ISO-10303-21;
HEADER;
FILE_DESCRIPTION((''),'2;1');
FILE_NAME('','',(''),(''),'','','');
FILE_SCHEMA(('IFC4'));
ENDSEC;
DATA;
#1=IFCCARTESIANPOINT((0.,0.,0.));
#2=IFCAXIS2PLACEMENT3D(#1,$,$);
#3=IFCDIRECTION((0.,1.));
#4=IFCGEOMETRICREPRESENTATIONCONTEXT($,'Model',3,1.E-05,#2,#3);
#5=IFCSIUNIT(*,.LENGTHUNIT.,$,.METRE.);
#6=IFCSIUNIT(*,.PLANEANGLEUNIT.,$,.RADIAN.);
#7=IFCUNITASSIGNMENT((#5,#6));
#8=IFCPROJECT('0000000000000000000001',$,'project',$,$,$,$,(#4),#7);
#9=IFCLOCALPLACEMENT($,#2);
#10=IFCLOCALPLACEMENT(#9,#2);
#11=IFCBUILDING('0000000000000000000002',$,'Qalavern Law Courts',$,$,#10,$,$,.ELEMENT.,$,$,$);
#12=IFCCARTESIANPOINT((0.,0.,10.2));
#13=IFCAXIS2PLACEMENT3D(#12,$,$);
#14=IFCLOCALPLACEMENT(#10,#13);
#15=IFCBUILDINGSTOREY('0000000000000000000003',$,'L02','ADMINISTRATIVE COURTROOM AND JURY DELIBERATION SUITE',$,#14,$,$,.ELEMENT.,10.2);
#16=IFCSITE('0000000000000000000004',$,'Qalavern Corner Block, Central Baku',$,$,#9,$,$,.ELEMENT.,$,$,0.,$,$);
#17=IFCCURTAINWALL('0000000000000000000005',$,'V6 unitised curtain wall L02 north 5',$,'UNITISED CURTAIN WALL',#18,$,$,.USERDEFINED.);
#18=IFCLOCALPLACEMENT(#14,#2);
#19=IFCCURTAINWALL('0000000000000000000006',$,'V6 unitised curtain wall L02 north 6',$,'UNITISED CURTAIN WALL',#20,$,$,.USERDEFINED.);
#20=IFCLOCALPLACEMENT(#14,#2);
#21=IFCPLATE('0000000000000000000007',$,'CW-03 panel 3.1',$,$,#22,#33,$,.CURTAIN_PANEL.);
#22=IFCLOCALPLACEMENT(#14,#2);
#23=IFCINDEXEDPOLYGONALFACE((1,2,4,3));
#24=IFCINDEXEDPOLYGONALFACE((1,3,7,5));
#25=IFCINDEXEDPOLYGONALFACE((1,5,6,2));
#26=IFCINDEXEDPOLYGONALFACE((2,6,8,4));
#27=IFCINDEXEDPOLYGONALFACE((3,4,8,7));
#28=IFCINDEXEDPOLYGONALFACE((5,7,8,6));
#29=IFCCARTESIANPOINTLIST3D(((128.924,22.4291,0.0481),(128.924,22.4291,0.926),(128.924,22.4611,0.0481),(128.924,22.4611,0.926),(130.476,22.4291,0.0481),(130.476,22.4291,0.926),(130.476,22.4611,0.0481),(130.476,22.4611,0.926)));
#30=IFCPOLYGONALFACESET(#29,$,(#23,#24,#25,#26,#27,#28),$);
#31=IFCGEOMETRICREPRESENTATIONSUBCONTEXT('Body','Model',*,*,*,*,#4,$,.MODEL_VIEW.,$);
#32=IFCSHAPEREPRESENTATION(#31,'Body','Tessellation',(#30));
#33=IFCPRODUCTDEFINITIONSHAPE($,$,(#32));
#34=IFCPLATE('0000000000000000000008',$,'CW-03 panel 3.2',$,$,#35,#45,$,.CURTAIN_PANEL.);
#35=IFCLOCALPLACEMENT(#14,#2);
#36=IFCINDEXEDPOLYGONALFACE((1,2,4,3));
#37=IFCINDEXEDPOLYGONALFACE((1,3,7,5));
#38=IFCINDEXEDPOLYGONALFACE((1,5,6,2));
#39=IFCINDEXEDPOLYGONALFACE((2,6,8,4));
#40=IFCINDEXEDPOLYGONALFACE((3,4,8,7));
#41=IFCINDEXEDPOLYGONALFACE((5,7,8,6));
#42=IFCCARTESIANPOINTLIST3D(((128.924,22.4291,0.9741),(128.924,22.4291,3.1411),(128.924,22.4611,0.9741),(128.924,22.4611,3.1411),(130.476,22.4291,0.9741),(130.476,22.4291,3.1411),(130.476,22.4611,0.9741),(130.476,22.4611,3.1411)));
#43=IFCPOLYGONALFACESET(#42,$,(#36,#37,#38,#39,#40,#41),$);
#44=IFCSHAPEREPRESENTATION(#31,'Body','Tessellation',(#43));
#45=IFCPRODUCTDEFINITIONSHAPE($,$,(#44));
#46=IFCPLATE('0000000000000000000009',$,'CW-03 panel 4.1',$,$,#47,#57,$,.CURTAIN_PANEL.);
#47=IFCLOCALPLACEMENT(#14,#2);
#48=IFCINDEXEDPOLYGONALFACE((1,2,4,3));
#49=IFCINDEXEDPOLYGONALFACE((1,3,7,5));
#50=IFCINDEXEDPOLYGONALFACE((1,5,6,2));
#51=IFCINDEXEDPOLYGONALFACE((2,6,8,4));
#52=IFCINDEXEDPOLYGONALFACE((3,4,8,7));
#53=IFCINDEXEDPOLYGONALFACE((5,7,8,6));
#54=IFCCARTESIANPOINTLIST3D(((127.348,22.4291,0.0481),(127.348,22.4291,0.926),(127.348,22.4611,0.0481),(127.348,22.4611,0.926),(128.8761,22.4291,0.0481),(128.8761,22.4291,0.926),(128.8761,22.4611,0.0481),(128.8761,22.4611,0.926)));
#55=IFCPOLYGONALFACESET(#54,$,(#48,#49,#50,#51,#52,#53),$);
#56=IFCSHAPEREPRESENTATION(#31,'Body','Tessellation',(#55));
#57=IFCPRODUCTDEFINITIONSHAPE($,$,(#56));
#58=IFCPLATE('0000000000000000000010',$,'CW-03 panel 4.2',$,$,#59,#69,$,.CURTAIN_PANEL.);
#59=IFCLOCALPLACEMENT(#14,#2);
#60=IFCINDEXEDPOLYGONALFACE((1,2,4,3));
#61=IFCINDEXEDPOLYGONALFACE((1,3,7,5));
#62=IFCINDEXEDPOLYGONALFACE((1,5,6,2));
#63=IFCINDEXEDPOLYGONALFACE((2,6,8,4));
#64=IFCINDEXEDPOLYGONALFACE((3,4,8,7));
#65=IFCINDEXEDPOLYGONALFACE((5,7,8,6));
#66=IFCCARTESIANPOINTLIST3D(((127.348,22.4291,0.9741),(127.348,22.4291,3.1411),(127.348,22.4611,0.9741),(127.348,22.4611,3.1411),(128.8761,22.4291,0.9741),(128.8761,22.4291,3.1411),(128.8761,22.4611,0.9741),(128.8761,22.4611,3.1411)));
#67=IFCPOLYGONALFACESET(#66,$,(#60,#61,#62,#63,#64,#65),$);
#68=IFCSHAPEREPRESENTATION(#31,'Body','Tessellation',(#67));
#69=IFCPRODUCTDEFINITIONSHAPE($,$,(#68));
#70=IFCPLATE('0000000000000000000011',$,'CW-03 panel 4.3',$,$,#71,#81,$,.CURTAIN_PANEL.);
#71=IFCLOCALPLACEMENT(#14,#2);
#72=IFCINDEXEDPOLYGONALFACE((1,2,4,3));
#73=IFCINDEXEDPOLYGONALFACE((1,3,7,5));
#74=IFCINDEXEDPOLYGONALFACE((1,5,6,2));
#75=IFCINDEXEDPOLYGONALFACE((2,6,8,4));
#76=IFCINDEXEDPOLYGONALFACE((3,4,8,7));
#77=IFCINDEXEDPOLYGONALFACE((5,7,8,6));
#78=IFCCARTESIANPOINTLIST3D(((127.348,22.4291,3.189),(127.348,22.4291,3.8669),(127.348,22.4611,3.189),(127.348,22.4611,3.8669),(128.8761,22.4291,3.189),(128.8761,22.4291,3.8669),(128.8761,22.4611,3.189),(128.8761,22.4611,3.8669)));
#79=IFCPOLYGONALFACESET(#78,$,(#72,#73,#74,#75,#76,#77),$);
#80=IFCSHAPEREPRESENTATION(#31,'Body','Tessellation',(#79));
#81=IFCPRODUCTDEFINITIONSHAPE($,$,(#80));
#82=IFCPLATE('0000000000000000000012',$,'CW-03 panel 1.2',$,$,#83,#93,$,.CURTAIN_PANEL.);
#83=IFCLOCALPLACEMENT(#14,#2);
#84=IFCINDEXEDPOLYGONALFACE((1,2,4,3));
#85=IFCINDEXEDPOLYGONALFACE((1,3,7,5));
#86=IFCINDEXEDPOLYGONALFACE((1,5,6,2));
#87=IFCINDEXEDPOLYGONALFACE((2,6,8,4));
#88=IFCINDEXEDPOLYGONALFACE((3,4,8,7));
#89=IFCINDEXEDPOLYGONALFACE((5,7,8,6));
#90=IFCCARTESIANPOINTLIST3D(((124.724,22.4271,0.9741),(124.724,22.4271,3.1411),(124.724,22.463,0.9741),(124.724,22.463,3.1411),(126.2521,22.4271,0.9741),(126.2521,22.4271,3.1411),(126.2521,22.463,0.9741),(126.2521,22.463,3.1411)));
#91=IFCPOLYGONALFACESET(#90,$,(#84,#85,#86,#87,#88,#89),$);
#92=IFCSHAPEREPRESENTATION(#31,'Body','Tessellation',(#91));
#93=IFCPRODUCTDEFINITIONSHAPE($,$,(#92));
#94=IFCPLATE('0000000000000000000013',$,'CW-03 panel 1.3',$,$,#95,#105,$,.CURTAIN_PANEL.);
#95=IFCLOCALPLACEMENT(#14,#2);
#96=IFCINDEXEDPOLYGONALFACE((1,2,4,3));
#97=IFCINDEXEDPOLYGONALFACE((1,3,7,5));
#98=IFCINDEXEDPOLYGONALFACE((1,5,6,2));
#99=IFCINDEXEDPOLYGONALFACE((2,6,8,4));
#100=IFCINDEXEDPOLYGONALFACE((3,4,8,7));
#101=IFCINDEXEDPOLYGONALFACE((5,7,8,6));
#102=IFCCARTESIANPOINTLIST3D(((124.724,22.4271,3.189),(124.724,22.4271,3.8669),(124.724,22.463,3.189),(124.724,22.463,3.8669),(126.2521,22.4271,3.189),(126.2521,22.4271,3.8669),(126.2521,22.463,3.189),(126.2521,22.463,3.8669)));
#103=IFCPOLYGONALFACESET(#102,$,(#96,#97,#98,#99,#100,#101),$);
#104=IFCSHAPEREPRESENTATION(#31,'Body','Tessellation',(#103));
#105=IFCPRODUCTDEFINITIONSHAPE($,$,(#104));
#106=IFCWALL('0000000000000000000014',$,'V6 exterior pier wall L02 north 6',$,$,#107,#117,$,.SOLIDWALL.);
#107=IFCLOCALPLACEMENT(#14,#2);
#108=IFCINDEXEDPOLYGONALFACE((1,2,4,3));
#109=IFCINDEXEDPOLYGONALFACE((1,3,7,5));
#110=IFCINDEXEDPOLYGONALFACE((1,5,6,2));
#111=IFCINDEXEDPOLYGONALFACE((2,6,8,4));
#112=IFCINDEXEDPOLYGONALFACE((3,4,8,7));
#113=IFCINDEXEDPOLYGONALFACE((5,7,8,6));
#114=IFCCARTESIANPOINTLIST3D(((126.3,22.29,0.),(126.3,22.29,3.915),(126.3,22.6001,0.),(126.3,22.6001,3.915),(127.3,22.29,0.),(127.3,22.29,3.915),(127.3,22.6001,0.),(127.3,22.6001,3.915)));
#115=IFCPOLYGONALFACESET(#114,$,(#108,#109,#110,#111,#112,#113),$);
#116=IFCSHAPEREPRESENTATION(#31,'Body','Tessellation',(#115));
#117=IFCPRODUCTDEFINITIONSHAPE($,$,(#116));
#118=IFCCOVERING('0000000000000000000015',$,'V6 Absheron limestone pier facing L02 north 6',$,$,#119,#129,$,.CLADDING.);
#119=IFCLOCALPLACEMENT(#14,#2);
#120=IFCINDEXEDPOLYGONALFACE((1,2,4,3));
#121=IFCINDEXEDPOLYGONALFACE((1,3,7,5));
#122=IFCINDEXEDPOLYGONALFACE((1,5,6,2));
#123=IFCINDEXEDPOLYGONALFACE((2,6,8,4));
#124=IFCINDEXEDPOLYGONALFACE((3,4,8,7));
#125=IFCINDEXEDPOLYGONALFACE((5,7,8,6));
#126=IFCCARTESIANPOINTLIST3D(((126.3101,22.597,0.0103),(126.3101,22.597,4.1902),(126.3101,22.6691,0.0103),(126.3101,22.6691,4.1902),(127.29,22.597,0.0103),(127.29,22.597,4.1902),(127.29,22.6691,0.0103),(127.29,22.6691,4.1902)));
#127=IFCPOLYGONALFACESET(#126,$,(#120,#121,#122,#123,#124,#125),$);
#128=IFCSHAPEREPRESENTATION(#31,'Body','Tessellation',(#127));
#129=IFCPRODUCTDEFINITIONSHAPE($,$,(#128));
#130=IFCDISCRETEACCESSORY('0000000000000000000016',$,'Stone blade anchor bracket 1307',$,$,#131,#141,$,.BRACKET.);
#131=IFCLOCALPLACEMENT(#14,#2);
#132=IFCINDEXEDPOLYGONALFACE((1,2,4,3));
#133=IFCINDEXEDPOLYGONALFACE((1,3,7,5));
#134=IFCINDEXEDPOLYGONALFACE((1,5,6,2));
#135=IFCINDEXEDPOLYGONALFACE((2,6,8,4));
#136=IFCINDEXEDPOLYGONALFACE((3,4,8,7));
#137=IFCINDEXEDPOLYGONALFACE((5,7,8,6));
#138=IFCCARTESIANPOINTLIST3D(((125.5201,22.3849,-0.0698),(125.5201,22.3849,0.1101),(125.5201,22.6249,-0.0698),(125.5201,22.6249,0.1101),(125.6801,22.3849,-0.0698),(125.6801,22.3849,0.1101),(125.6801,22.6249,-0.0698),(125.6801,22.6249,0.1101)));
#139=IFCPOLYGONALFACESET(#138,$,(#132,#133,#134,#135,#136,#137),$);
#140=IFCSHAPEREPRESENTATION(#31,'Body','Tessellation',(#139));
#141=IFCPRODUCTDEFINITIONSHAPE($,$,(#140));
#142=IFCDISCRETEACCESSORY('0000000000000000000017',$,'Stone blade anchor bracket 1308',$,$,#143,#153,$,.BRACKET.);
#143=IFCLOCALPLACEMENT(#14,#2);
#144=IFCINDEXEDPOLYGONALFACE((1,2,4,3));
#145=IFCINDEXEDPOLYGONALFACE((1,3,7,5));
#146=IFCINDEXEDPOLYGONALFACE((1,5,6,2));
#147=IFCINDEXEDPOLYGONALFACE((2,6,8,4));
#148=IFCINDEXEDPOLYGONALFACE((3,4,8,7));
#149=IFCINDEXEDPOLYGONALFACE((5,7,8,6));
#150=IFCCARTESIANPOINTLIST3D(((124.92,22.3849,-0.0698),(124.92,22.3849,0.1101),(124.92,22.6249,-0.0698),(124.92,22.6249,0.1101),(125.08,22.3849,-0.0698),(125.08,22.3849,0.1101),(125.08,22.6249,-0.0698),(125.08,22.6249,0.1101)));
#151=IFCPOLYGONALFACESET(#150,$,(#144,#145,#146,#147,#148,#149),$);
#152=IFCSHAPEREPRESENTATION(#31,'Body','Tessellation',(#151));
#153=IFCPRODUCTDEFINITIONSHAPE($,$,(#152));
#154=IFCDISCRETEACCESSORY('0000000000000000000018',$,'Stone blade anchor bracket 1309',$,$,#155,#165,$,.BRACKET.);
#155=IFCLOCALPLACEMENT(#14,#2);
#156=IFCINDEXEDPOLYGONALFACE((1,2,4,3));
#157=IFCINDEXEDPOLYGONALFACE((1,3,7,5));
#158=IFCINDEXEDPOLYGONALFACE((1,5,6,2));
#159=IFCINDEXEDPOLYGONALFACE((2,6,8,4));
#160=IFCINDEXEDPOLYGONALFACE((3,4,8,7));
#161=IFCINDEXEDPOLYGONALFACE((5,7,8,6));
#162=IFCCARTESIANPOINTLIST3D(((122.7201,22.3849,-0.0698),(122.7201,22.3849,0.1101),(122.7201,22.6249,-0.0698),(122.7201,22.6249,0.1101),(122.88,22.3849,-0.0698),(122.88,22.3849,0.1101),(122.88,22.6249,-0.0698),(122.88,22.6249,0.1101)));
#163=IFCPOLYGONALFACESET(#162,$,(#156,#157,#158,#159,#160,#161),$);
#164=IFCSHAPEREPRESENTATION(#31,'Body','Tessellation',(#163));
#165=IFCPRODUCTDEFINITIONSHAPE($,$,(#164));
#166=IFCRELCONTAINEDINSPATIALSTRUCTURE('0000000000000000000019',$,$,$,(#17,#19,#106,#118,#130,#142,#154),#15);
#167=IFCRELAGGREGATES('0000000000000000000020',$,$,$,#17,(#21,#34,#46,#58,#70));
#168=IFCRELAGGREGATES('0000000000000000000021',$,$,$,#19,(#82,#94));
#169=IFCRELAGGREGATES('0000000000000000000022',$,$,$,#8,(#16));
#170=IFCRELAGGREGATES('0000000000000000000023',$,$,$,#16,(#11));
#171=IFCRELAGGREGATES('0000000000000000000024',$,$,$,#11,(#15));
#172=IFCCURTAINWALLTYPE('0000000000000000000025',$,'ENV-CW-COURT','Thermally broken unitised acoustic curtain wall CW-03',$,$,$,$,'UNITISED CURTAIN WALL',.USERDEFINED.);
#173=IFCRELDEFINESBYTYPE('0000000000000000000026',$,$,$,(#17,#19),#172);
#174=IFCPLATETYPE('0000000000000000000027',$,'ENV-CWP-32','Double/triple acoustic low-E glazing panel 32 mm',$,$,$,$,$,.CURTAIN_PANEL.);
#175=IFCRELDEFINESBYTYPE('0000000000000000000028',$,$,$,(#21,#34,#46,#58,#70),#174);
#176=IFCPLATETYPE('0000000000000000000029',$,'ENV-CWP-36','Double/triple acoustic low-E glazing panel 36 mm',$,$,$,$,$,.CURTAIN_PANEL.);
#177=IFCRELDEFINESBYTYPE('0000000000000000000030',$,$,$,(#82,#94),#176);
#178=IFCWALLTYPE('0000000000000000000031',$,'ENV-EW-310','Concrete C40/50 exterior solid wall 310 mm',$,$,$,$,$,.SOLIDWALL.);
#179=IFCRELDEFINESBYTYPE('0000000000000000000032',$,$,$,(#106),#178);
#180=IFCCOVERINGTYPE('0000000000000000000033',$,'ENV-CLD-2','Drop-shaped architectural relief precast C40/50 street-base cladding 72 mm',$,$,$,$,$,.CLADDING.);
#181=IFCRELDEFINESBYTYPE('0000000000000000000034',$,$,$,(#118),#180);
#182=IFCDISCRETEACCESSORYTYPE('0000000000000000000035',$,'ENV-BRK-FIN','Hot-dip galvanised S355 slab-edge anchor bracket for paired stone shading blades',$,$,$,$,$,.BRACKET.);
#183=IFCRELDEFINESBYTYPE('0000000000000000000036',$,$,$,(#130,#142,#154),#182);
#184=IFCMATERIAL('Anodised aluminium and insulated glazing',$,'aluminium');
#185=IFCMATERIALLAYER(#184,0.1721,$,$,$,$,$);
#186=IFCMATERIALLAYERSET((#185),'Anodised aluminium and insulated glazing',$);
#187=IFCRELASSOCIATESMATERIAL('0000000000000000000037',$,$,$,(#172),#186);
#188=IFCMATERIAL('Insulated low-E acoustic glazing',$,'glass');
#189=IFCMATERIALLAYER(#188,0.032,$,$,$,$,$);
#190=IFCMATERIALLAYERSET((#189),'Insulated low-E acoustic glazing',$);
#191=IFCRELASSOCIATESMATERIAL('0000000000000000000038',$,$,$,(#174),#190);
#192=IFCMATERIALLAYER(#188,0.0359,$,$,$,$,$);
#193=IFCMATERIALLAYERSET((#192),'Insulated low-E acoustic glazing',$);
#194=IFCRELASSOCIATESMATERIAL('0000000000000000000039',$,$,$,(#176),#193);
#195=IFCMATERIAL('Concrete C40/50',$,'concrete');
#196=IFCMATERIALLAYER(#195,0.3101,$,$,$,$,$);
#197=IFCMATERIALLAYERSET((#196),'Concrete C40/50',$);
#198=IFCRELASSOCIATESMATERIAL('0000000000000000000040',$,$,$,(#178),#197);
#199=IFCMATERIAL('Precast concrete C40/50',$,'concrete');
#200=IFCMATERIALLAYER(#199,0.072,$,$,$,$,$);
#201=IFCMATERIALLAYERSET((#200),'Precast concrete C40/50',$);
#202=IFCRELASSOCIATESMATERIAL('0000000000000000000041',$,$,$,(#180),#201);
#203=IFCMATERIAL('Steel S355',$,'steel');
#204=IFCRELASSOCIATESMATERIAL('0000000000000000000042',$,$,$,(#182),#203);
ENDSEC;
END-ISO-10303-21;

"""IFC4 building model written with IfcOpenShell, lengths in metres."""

from ifc_helpers import new_model, si_unit, direction, frame, frame_2d, origin, origin_2d, place, context, subcontext, project, spatial, rectangle, extrude, material, layer, layer_set, type_object, element, aggregate, save


model = new_model("IFC4")

# Units and contexts
model_context = context("Model", 3, precision=1e-05, world=origin(), true_north=direction((0.0, 1.0)))
body_context = subcontext(model_context, "Body", "Model", "MODEL_VIEW")
ifc_project = project(units=[si_unit("LENGTHUNIT", "METRE"), si_unit("PLANEANGLEUNIT", "RADIAN")], contexts=[model_context])

# Site, building, storey
site_placement = place(None, origin())
site = spatial("IfcSite", under=ifc_project, at=site_placement, Name="Qalavern Corner Block, Central Baku", CompositionType="ELEMENT", RefElevation=0.0)
building_placement = place(site_placement, origin())
building = spatial("IfcBuilding", under=site, at=building_placement, Name="Qalavern Law Courts", CompositionType="ELEMENT")
storey_placement = place(building_placement, frame((0.0, 0.0, 10.2)))
storey = spatial("IfcBuildingStorey", under=building, at=storey_placement, Name="L02", Description="ADMINISTRATIVE COURTROOM AND JURY DELIBERATION SUITE", CompositionType="ELEMENT", Elevation=10.2)

# Curtain wall
ifc_material_1 = material(Name="Anodised aluminium and insulated glazing", Category="aluminium")
ifc_layer_1 = layer(ifc_material_1, 0.1721)
ifc_layer_set_1 = layer_set([ifc_layer_1], Name="Anodised aluminium and insulated glazing")
curtain_wall_type = type_object("IfcCurtainWallType", Name="ENV-CW-COURT", Description="Thermally broken unitised acoustic curtain wall CW-03", ElementType="UNITISED CURTAIN WALL", PredefinedType="USERDEFINED", material=ifc_layer_set_1)
curtain_wall_1_placement = place(storey_placement, origin())
curtain_wall_1 = element("IfcCurtainWall", 1, at=curtain_wall_1_placement, inside=storey, type_object=curtain_wall_type, Name="V6 unitised curtain wall L02 north 5", ObjectType="UNITISED CURTAIN WALL", PredefinedType="USERDEFINED")

# Curtain wall
curtain_wall_2_placement = place(storey_placement, origin())
curtain_wall_2 = element("IfcCurtainWall", 2, at=curtain_wall_2_placement, inside=storey, type_object=curtain_wall_type, Name="V6 unitised curtain wall L02 north 6", ObjectType="UNITISED CURTAIN WALL", PredefinedType="USERDEFINED")

# Plates
ifc_material_2 = material(Name="Insulated low-E acoustic glazing", Category="glass")
ifc_layer_2 = layer(ifc_material_2, 0.032)
ifc_layer_set_2 = layer_set([ifc_layer_2], Name="Insulated low-E acoustic glazing")
plate_type_1 = type_object("IfcPlateType", Name="ENV-CWP-32", Description="Double/triple acoustic low-E glazing panel 32 mm", PredefinedType="CURTAIN_PANEL", material=ifc_layer_set_2)
plate_1_placement = place(storey_placement, frame((129.7, 22.4451, 0.0481), z_axis=(0.0, 0.0, 1.0), x_axis=(-1.0, 0.0, 0.0)))
plate_1 = element("IfcPlate", 3, at=plate_1_placement, type_object=plate_type_1, Name="CW-03 panel 3.1", PredefinedType="CURTAIN_PANEL", context=body_context, shape_type="SweptSolid", body=[
    extrude(rectangle(XDim=1.552, YDim=0.032, at=origin_2d()), origin(), (0.0, 0.0, 1.0), 0.8779),
])
plate_2_placement = place(storey_placement, frame((129.7, 22.4451, 0.9741), z_axis=(0.0, 0.0, 1.0), x_axis=(-1.0, 0.0, 0.0)))
plate_2 = element("IfcPlate", 4, at=plate_2_placement, type_object=plate_type_1, Name="CW-03 panel 3.2", PredefinedType="CURTAIN_PANEL", context=body_context, shape_type="SweptSolid", body=[
    extrude(rectangle(XDim=1.552, YDim=0.032, at=origin_2d()), origin(), (0.0, 0.0, 1.0), 2.167),
])
plate_3_placement = place(storey_placement, frame((128.1121, 22.4451, 0.0481), z_axis=(0.0, 0.0, 1.0), x_axis=(-1.0, 0.0, 0.0)))
plate_3 = element("IfcPlate", 5, at=plate_3_placement, type_object=plate_type_1, Name="CW-03 panel 4.1", PredefinedType="CURTAIN_PANEL", context=body_context, shape_type="SweptSolid", body=[
    extrude(rectangle(XDim=1.5281, YDim=0.032, at=origin_2d()), origin(), (0.0, 0.0, 1.0), 0.8779),
])
plate_4_placement = place(storey_placement, frame((128.1121, 22.4451, 0.9741), z_axis=(0.0, 0.0, 1.0), x_axis=(-1.0, 0.0, 0.0)))
plate_4 = element("IfcPlate", 6, at=plate_4_placement, type_object=plate_type_1, Name="CW-03 panel 4.2", PredefinedType="CURTAIN_PANEL", context=body_context, shape_type="SweptSolid", body=[
    extrude(rectangle(XDim=1.5281, YDim=0.032, at=origin_2d()), origin(), (0.0, 0.0, 1.0), 2.167),
])
plate_5_placement = place(storey_placement, frame((128.1121, 22.4451, 3.189), z_axis=(0.0, 0.0, 1.0), x_axis=(-1.0, 0.0, 0.0)))
plate_5 = element("IfcPlate", 7, at=plate_5_placement, type_object=plate_type_1, Name="CW-03 panel 4.3", PredefinedType="CURTAIN_PANEL", context=body_context, shape_type="SweptSolid", body=[
    extrude(rectangle(XDim=1.5281, YDim=0.032, at=origin_2d()), origin(), (0.0, 0.0, 1.0), 0.678),
])
aggregate(curtain_wall_1, [plate_1, plate_2, plate_3, plate_4, plate_5])
ifc_layer_3 = layer(ifc_material_2, 0.0359)
ifc_layer_set_3 = layer_set([ifc_layer_3], Name="Insulated low-E acoustic glazing")
plate_type_2 = type_object("IfcPlateType", Name="ENV-CWP-36", Description="Double/triple acoustic low-E glazing panel 36 mm", PredefinedType="CURTAIN_PANEL", material=ifc_layer_set_3)
plate_6_placement = place(storey_placement, frame((125.488, 22.4451, 0.9741), z_axis=(0.0, 0.0, 1.0), x_axis=(-1.0, 0.0, 0.0)))
plate_6 = element("IfcPlate", 8, at=plate_6_placement, type_object=plate_type_2, Name="CW-03 panel 1.2", PredefinedType="CURTAIN_PANEL", context=body_context, shape_type="SweptSolid", body=[
    extrude(rectangle(XDim=1.5281, YDim=0.0359, at=origin_2d()), origin(), (0.0, 0.0, 1.0), 2.167),
])
plate_7_placement = place(storey_placement, frame((125.488, 22.4451, 3.189), z_axis=(0.0, 0.0, 1.0), x_axis=(-1.0, 0.0, 0.0)))
plate_7 = element("IfcPlate", 9, at=plate_7_placement, type_object=plate_type_2, Name="CW-03 panel 1.3", PredefinedType="CURTAIN_PANEL", context=body_context, shape_type="SweptSolid", body=[
    extrude(rectangle(XDim=1.5281, YDim=0.0359, at=origin_2d()), origin(), (0.0, 0.0, 1.0), 0.678),
])
aggregate(curtain_wall_2, [plate_6, plate_7])

# Wall
ifc_material_3 = material(Name="Concrete C40/50", Category="concrete")
ifc_layer_4 = layer(ifc_material_3, 0.3101)
ifc_layer_set_4 = layer_set([ifc_layer_4], Name="Concrete C40/50")
wall_type = type_object("IfcWallType", Name="ENV-EW-310", Description="Concrete C40/50 exterior solid wall 310 mm", PredefinedType="SOLIDWALL", material=ifc_layer_set_4)
wall_placement = place(storey_placement, frame((127.3, 22.4451, 0.0), z_axis=(0.0, 0.0, 1.0), x_axis=(-1.0, 0.0, 0.0)))
element("IfcWall", 10, at=wall_placement, inside=storey, type_object=wall_type, Name="V6 exterior pier wall L02 north 6", PredefinedType="SOLIDWALL", context=body_context, shape_type="SweptSolid", body=[
    extrude(rectangle(XDim=1.0, YDim=0.3101, at=frame_2d((0.5, 0.0))), origin(), (0.0, 0.0, 1.0), 3.915),
])

# Covering
ifc_material_4 = material(Name="Precast concrete C40/50", Category="concrete")
ifc_layer_5 = layer(ifc_material_4, 0.072)
ifc_layer_set_5 = layer_set([ifc_layer_5], Name="Precast concrete C40/50")
covering_type = type_object("IfcCoveringType", Name="ENV-CLD-2", Description="Drop-shaped architectural relief precast C40/50 street-base cladding 72 mm", PredefinedType="CLADDING", material=ifc_layer_set_5)
covering_placement = place(storey_placement, frame((126.8, 22.6331, 0.0103), z_axis=(0.0, 0.0, 1.0), x_axis=(-1.0, 0.0, 0.0)))
element("IfcCovering", 11, at=covering_placement, inside=storey, type_object=covering_type, Name="V6 Absheron limestone pier facing L02 north 6", PredefinedType="CLADDING", context=body_context, shape_type="SweptSolid", body=[
    extrude(rectangle(XDim=0.98, YDim=0.072, at=origin_2d()), origin(), (0.0, 0.0, 1.0), 4.1799),
])

# Discrete accessories
ifc_material_5 = material(Name="Steel S355", Category="steel")
discrete_accessory_type = type_object("IfcDiscreteAccessoryType", Name="ENV-BRK-FIN", Description="Hot-dip galvanised S355 slab-edge anchor bracket for paired stone shading blades", PredefinedType="BRACKET", material=ifc_material_5)
for number, where, z_axis, x_axis, name in (
    (12, (125.6001, 22.5049, -0.0698), (0.0, 0.0, 1.0), (0.0, 1.0, 0.0), "Stone blade anchor bracket 1307"),
    (13, (125.0, 22.5049, -0.0698), (0.0, 0.0, 1.0), (0.0, 1.0, 0.0), "Stone blade anchor bracket 1308"),
    (14, (122.8, 22.5049, -0.0698), (0.0, 0.0, 1.0), (0.0, 1.0, 0.0), "Stone blade anchor bracket 1309"),
):
    element("IfcDiscreteAccessory", number, at=place(storey_placement, frame(where, z_axis=z_axis, x_axis=x_axis)), inside=storey, type_object=discrete_accessory_type, Name=name, PredefinedType="BRACKET", context=body_context, shape_type="SweptSolid", body=[
        extrude(rectangle(XDim=0.24, YDim=0.1599, at=origin_2d()), origin(), (0.0, 0.0, 1.0), 0.1799),
    ])

save(model, "model.ifc")
